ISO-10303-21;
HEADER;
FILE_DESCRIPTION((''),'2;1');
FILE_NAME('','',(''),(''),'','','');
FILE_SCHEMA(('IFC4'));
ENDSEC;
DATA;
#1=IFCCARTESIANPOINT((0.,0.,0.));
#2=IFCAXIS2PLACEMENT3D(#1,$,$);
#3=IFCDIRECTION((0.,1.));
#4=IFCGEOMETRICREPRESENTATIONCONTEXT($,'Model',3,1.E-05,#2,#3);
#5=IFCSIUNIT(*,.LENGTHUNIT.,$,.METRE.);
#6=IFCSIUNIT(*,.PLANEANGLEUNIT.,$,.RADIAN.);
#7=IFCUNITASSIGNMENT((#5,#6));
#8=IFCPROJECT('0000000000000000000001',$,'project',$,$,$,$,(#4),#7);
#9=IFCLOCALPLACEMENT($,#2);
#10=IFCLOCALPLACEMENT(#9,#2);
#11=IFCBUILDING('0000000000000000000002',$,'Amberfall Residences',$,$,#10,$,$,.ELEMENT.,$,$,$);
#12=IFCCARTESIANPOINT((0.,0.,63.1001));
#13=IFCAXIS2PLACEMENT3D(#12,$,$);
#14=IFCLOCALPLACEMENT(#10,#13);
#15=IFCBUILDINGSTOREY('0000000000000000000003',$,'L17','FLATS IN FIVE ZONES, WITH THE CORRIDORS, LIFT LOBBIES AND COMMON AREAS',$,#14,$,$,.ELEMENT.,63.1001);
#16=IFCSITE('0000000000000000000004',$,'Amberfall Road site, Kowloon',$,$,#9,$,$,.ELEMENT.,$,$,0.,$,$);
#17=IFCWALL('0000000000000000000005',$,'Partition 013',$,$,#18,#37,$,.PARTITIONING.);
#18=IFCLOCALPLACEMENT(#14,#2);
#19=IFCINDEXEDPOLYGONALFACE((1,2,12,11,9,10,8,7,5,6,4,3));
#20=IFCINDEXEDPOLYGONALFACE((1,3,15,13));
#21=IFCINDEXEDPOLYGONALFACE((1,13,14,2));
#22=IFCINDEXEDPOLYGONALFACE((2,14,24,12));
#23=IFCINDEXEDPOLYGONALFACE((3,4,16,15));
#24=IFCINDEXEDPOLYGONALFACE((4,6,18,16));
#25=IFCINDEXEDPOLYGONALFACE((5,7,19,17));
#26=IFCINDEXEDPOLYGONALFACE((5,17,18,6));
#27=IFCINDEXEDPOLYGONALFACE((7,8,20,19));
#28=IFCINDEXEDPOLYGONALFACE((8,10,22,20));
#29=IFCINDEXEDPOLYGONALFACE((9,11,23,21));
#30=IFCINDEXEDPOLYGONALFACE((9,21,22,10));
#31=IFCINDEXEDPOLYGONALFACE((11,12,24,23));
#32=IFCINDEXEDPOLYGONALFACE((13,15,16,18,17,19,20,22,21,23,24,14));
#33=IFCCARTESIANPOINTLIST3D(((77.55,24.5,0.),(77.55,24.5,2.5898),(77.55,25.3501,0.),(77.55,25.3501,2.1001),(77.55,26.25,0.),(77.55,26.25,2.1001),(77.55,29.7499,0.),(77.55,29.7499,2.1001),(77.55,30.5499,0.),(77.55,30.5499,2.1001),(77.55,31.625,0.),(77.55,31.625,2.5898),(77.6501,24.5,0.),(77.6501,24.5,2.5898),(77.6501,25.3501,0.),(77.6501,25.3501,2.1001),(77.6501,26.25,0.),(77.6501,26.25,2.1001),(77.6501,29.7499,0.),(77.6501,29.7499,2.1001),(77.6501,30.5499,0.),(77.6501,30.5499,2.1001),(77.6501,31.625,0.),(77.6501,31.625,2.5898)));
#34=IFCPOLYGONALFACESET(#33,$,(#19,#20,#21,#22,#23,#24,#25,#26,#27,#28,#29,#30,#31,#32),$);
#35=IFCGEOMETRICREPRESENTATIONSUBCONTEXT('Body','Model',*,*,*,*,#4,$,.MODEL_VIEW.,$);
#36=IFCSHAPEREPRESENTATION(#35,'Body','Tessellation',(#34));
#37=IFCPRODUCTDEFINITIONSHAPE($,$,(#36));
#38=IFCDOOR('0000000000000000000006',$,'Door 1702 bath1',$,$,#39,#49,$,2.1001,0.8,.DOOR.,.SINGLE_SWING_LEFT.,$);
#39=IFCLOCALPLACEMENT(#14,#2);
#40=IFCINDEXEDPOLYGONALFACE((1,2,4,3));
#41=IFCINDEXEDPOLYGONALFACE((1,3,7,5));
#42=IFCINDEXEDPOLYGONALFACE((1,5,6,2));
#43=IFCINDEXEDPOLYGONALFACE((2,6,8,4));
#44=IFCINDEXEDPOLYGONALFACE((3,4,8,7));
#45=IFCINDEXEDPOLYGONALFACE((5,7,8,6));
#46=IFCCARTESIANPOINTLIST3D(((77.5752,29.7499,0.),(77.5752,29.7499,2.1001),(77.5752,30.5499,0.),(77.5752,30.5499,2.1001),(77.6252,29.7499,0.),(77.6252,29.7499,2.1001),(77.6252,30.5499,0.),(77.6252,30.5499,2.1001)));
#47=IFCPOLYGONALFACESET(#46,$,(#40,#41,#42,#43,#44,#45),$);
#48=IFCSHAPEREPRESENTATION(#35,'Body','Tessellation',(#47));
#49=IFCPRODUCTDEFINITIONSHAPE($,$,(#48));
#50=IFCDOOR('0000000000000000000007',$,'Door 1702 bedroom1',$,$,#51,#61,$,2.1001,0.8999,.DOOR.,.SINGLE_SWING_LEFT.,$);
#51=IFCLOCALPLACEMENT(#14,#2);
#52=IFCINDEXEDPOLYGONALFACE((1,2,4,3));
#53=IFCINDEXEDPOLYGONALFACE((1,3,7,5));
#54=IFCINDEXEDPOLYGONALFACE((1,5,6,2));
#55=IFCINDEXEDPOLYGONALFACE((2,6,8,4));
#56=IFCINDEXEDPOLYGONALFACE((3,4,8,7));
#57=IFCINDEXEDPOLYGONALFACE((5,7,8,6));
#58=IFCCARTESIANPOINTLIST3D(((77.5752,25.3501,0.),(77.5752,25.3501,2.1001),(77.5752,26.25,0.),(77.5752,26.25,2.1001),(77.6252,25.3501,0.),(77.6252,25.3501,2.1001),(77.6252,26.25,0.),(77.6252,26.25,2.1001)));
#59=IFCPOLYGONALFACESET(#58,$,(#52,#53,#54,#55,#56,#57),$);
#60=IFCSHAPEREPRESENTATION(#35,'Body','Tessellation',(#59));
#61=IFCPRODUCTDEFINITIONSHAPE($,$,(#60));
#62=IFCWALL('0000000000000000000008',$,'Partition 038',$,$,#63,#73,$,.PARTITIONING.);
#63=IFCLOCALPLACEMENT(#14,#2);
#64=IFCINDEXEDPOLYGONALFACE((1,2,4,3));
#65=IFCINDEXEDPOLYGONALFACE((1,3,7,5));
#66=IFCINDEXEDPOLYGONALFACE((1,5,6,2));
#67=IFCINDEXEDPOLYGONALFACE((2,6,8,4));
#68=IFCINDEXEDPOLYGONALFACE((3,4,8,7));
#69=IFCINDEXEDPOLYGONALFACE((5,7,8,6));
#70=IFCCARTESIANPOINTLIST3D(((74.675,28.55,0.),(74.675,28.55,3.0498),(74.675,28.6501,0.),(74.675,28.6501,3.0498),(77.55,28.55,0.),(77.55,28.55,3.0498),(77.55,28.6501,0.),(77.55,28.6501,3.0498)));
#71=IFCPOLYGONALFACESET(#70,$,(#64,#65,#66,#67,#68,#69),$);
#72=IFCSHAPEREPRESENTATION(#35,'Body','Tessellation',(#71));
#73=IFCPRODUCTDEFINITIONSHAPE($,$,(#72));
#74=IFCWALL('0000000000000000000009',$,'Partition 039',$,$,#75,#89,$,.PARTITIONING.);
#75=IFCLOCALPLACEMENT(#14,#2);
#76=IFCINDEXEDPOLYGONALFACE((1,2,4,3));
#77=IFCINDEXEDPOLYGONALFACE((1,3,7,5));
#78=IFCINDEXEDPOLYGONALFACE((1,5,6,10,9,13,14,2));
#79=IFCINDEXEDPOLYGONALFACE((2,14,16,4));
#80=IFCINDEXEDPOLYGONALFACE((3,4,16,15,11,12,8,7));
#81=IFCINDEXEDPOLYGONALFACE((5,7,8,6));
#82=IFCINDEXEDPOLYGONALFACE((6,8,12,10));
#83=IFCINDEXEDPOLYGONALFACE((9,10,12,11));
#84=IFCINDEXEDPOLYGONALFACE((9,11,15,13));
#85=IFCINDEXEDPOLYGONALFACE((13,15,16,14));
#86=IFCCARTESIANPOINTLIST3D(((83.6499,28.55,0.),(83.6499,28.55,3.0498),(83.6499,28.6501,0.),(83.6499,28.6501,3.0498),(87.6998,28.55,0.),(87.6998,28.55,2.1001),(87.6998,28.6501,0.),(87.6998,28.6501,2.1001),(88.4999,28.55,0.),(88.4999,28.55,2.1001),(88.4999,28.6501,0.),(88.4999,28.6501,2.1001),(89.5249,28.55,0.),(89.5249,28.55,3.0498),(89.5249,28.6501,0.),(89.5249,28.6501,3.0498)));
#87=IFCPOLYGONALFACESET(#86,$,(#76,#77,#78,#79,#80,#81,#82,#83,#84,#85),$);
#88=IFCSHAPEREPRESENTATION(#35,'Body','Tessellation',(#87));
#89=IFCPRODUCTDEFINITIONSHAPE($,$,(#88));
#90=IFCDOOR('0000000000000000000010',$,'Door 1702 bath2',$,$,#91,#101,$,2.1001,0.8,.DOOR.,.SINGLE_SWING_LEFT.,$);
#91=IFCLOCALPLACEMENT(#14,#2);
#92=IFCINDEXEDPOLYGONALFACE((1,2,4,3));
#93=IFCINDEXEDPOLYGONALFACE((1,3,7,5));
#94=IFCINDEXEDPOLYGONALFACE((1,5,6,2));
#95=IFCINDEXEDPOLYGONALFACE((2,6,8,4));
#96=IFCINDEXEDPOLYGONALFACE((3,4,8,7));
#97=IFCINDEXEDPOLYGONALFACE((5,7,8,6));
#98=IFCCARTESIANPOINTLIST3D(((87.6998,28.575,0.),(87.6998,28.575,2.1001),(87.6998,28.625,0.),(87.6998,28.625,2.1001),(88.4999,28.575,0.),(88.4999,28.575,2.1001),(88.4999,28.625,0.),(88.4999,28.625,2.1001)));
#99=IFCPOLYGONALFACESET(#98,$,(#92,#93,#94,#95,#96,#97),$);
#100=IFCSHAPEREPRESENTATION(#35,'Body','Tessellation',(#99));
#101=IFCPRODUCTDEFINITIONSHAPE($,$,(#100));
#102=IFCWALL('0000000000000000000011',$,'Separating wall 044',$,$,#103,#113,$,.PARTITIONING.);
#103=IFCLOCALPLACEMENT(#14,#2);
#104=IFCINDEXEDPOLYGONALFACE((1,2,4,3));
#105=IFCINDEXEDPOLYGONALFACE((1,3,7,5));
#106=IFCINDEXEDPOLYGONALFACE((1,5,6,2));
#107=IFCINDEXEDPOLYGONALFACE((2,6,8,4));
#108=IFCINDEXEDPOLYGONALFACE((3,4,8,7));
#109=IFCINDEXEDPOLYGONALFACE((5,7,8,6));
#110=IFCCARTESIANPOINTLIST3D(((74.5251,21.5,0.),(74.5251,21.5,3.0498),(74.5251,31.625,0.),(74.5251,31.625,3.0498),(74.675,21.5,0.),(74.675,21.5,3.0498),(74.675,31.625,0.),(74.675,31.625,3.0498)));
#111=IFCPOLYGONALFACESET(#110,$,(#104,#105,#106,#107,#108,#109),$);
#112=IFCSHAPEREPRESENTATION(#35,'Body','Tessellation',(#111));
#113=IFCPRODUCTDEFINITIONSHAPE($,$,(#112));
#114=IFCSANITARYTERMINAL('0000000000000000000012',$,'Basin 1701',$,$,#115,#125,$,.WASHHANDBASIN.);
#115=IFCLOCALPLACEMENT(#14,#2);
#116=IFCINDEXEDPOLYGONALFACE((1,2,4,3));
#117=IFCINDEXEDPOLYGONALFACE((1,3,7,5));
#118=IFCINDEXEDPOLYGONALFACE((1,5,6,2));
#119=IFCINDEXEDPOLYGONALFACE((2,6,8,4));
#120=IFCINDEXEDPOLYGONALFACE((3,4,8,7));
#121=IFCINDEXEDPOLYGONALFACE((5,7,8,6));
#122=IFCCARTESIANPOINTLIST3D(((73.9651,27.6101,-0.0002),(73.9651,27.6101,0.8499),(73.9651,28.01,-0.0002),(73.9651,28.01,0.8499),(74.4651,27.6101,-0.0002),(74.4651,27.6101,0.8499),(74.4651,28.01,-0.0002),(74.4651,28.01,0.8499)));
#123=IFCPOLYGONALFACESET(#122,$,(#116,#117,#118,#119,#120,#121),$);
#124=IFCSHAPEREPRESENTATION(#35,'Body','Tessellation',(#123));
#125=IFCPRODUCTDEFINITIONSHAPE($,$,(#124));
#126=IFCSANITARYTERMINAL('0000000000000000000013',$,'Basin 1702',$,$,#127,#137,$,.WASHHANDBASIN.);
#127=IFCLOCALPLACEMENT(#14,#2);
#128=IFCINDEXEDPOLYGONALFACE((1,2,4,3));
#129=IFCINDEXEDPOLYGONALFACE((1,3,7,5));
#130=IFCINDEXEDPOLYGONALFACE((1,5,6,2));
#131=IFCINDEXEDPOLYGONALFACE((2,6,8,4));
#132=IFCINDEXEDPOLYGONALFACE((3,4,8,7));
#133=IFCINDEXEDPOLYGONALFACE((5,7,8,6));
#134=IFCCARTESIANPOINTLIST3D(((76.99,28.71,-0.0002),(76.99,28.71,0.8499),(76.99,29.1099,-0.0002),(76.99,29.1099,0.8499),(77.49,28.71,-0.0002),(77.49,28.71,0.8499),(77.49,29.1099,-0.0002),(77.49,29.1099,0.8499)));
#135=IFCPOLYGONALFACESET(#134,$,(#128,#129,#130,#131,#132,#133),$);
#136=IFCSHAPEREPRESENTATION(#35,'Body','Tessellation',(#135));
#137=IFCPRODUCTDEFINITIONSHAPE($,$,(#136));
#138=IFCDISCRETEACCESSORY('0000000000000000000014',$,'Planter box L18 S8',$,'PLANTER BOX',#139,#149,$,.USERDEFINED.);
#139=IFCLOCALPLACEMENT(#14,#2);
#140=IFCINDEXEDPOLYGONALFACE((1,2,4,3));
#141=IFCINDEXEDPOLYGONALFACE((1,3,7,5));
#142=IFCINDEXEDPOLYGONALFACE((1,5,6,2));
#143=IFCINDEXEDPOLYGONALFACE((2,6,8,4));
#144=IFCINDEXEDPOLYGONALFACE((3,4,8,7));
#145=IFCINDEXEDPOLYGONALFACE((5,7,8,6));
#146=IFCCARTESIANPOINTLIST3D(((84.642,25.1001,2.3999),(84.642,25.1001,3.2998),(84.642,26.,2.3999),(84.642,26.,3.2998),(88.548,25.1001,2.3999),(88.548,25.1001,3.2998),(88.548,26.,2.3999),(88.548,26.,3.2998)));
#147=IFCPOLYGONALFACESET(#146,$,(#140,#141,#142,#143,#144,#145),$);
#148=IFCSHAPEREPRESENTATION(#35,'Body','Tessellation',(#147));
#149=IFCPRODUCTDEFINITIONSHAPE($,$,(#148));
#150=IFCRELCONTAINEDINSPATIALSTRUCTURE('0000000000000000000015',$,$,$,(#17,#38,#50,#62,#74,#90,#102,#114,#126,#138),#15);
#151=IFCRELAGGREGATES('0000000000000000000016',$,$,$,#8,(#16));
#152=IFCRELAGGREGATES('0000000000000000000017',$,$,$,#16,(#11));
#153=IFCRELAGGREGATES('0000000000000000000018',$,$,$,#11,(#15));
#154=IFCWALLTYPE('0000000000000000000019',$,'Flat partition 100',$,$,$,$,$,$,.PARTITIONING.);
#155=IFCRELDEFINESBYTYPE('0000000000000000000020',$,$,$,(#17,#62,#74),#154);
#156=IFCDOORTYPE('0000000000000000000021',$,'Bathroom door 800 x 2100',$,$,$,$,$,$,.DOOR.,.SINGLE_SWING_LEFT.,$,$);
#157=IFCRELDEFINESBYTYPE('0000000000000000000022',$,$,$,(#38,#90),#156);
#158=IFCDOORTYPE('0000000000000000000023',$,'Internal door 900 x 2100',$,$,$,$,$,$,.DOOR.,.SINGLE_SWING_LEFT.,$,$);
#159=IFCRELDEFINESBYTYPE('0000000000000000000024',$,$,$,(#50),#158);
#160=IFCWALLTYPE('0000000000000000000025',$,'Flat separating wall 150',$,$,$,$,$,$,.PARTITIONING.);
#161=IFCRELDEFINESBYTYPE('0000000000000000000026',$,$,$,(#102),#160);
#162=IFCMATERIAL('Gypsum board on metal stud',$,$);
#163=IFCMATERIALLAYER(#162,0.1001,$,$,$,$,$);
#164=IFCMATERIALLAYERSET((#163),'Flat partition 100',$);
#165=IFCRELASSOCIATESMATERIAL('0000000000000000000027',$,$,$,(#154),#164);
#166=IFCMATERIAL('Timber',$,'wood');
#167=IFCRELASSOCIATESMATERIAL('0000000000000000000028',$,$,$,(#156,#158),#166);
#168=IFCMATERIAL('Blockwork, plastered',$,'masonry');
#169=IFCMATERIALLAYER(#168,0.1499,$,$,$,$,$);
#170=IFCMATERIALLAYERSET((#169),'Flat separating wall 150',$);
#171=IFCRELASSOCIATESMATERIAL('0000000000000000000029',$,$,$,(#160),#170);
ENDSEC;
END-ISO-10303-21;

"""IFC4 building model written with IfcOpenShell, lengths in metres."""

from ifc_helpers import new_model, si_unit, direction, frame, frame_2d, origin, origin_2d, place, context, subcontext, project, spatial, rectangle, extrude, material, layer, layer_set, type_object, element, fill, save


model = new_model("IFC4")

# Units and contexts
model_context = context("Model", 3, precision=1e-05, world=origin(), true_north=direction((0.0, 1.0)))
body_context = subcontext(model_context, "Body", "Model", "MODEL_VIEW")
ifc_project = project(units=[si_unit("LENGTHUNIT", "METRE"), si_unit("PLANEANGLEUNIT", "RADIAN")], contexts=[model_context])

# Site, building, storey
site_placement = place(None, origin())
site = spatial("IfcSite", under=ifc_project, at=site_placement, Name="Amberfall Road site, Kowloon", CompositionType="ELEMENT", RefElevation=0.0)
building_placement = place(site_placement, origin())
building = spatial("IfcBuilding", under=site, at=building_placement, Name="Amberfall Residences", CompositionType="ELEMENT")
storey_placement = place(building_placement, frame((0.0, 0.0, 63.1001)))
storey = spatial("IfcBuildingStorey", under=building, at=storey_placement, Name="L17", Description="FLATS IN FIVE ZONES, WITH THE CORRIDORS, LIFT LOBBIES AND COMMON AREAS", CompositionType="ELEMENT", Elevation=63.1001)

# Wall, openings, doors
ifc_material_1 = material(Name="Gypsum board on metal stud")
ifc_layer_1 = layer(ifc_material_1, 0.1001)
ifc_layer_set_1 = layer_set([ifc_layer_1], Name="Flat partition 100")
wall_type_1 = type_object("IfcWallType", Name="Flat partition 100", PredefinedType="PARTITIONING", material=ifc_layer_set_1)
wall_1_placement = place(storey_placement, frame((77.6001, 24.5, 0.0), z_axis=(0.0, 0.0, 1.0), x_axis=(0.0, 1.0, 0.0)))
wall_1 = element("IfcWall", 1, at=wall_1_placement, inside=storey, type_object=wall_type_1, Name="Partition 013", PredefinedType="PARTITIONING", context=body_context, shape_type="SweptSolid", body=[
    extrude(rectangle(XDim=7.125, YDim=0.1001, at=frame_2d((3.5625, 0.0))), origin(), (0.0, 0.0, 1.0), 2.5898),
])
opening_1_placement = place(wall_1_placement, frame((0.8501, 0.0, 0.0)))
opening_1 = element("IfcOpeningElement", 2, at=opening_1_placement, cuts=wall_1, PredefinedType="OPENING", context=body_context, shape_type="SweptSolid", body=[
    extrude(rectangle(XDim=0.8999, YDim=2.1001, at=frame_2d((0.45, 1.05))), frame((0.0, 0.0601, 0.0), z_axis=(0.0, -1.0, 0.0), x_axis=(1.0, 0.0, 0.0)), (0.0, 0.0, 1.0), 0.1201),
])
opening_2_placement = place(wall_1_placement, frame((5.25, 0.0, 0.0)))
opening_2 = element("IfcOpeningElement", 3, at=opening_2_placement, cuts=wall_1, PredefinedType="OPENING", context=body_context, shape_type="SweptSolid", body=[
    extrude(rectangle(XDim=0.8, YDim=2.1001, at=frame_2d((0.3999, 1.05))), frame((0.0, 0.0601, 0.0), z_axis=(0.0, -1.0, 0.0), x_axis=(1.0, 0.0, 0.0)), (0.0, 0.0, 1.0), 0.1201),
])
ifc_material_2 = material(Name="Timber", Category="wood")
door_type_1 = type_object("IfcDoorType", Name="Bathroom door 800 x 2100", OperationType="SINGLE_SWING_LEFT", PredefinedType="DOOR", material=ifc_material_2)
door_1_placement = place(opening_2_placement, origin())
door_1 = element("IfcDoor", 4, at=door_1_placement, inside=storey, type_object=door_type_1, Name="Door 1702 bath1", OperationType="SINGLE_SWING_LEFT", OverallHeight=2.1001, OverallWidth=0.8, PredefinedType="DOOR", context=body_context, shape_type="SweptSolid", body=[
    extrude(rectangle(XDim=0.8, YDim=2.1001, at=frame_2d((0.3999, 1.05))), frame((0.0, 0.0249, 0.0), z_axis=(0.0, -1.0, 0.0), x_axis=(1.0, 0.0, 0.0)), (0.0, 0.0, 1.0), 0.05),
])
fill(opening_2, door_1)
door_type_2 = type_object("IfcDoorType", Name="Internal door 900 x 2100", OperationType="SINGLE_SWING_LEFT", PredefinedType="DOOR", material=ifc_material_2)
door_2_placement = place(opening_1_placement, origin())
door_2 = element("IfcDoor", 5, at=door_2_placement, inside=storey, type_object=door_type_2, Name="Door 1702 bedroom1", OperationType="SINGLE_SWING_LEFT", OverallHeight=2.1001, OverallWidth=0.8999, PredefinedType="DOOR", context=body_context, shape_type="SweptSolid", body=[
    extrude(rectangle(XDim=0.8999, YDim=2.1001, at=frame_2d((0.45, 1.05))), frame((0.0, 0.0249, 0.0), z_axis=(0.0, -1.0, 0.0), x_axis=(1.0, 0.0, 0.0)), (0.0, 0.0, 1.0), 0.05),
])
fill(opening_1, door_2)

# Wall
wall_2_placement = place(storey_placement, frame((74.675, 28.6001, 0.0), z_axis=(0.0, 0.0, 1.0), x_axis=(1.0, 0.0, 0.0)))
element("IfcWall", 6, at=wall_2_placement, inside=storey, type_object=wall_type_1, Name="Partition 038", PredefinedType="PARTITIONING", context=body_context, shape_type="SweptSolid", body=[
    extrude(rectangle(XDim=2.875, YDim=0.1001, at=frame_2d((1.4375, 0.0))), origin(), (0.0, 0.0, 1.0), 3.0498),
])

# Wall, opening, door
wall_3_placement = place(storey_placement, frame((83.6499, 28.6001, 0.0), z_axis=(0.0, 0.0, 1.0), x_axis=(1.0, 0.0, 0.0)))
wall_3 = element("IfcWall", 7, at=wall_3_placement, inside=storey, type_object=wall_type_1, Name="Partition 039", PredefinedType="PARTITIONING", context=body_context, shape_type="SweptSolid", body=[
    extrude(rectangle(XDim=5.875, YDim=0.1001, at=frame_2d((2.9375, 0.0))), origin(), (0.0, 0.0, 1.0), 3.0498),
])
opening_3_placement = place(wall_3_placement, frame((4.05, 0.0, 0.0)))
opening_3 = element("IfcOpeningElement", 8, at=opening_3_placement, cuts=wall_3, PredefinedType="OPENING", context=body_context, shape_type="SweptSolid", body=[
    extrude(rectangle(XDim=0.8, YDim=2.1001, at=frame_2d((0.3999, 1.05))), frame((0.0, 0.0601, 0.0), z_axis=(0.0, -1.0, 0.0), x_axis=(1.0, 0.0, 0.0)), (0.0, 0.0, 1.0), 0.1201),
])
door_3_placement = place(opening_3_placement, origin())
door_3 = element("IfcDoor", 9, at=door_3_placement, inside=storey, type_object=door_type_1, Name="Door 1702 bath2", OperationType="SINGLE_SWING_LEFT", OverallHeight=2.1001, OverallWidth=0.8, PredefinedType="DOOR", context=body_context, shape_type="SweptSolid", body=[
    extrude(rectangle(XDim=0.8, YDim=2.1001, at=frame_2d((0.3999, 1.05))), frame((0.0, 0.0249, 0.0), z_axis=(0.0, -1.0, 0.0), x_axis=(1.0, 0.0, 0.0)), (0.0, 0.0, 1.0), 0.05),
])
fill(opening_3, door_3)

# Wall
ifc_material_3 = material(Name="Blockwork, plastered", Category="masonry")
ifc_layer_2 = layer(ifc_material_3, 0.1499)
ifc_layer_set_2 = layer_set([ifc_layer_2], Name="Flat separating wall 150")
wall_type_2 = type_object("IfcWallType", Name="Flat separating wall 150", PredefinedType="PARTITIONING", material=ifc_layer_set_2)
wall_4_placement = place(storey_placement, frame((74.6001, 21.5, 0.0), z_axis=(0.0, 0.0, 1.0), x_axis=(0.0, 1.0, 0.0)))
element("IfcWall", 10, at=wall_4_placement, inside=storey, type_object=wall_type_2, Name="Separating wall 044", PredefinedType="PARTITIONING", context=body_context, shape_type="SweptSolid", body=[
    extrude(rectangle(XDim=10.125, YDim=0.1499, at=frame_2d((5.0625, 0.0))), origin(), (0.0, 0.0, 1.0), 3.0498),
])

# Sanitary terminals
for number, where, z_axis, x_axis, name in (
    (11, (74.2151, 27.8101, -0.0002), (0.0, 0.0, 1.0), (1.0, 0.0, 0.0), "Basin 1701"),
    (12, (77.24, 28.9099, -0.0002), (0.0, 0.0, 1.0), (1.0, 0.0, 0.0), "Basin 1702"),
):
    element("IfcSanitaryTerminal", number, at=place(storey_placement, frame(where, z_axis=z_axis, x_axis=x_axis)), inside=storey, Name=name, PredefinedType="WASHHANDBASIN", context=body_context, shape_type="SweptSolid", body=[
        extrude(rectangle(XDim=0.5, YDim=0.3999, at=origin_2d()), origin(), (0.0, 0.0, 1.0), 0.8501),
    ])

# Discrete accessory
discrete_accessory_placement = place(storey_placement, frame((86.595, 25.55, 2.3999), z_axis=(0.0, 0.0, 1.0), x_axis=(1.0, 0.0, 0.0)))
element("IfcDiscreteAccessory", 13, at=discrete_accessory_placement, inside=storey, Name="Planter box L18 S8", ObjectType="PLANTER BOX", PredefinedType="USERDEFINED", context=body_context, shape_type="SweptSolid", body=[
    extrude(rectangle(XDim=3.906, YDim=0.8999, at=origin_2d()), origin(), (0.0, 0.0, 1.0), 0.8999),
])

save(model, "model.ifc")
